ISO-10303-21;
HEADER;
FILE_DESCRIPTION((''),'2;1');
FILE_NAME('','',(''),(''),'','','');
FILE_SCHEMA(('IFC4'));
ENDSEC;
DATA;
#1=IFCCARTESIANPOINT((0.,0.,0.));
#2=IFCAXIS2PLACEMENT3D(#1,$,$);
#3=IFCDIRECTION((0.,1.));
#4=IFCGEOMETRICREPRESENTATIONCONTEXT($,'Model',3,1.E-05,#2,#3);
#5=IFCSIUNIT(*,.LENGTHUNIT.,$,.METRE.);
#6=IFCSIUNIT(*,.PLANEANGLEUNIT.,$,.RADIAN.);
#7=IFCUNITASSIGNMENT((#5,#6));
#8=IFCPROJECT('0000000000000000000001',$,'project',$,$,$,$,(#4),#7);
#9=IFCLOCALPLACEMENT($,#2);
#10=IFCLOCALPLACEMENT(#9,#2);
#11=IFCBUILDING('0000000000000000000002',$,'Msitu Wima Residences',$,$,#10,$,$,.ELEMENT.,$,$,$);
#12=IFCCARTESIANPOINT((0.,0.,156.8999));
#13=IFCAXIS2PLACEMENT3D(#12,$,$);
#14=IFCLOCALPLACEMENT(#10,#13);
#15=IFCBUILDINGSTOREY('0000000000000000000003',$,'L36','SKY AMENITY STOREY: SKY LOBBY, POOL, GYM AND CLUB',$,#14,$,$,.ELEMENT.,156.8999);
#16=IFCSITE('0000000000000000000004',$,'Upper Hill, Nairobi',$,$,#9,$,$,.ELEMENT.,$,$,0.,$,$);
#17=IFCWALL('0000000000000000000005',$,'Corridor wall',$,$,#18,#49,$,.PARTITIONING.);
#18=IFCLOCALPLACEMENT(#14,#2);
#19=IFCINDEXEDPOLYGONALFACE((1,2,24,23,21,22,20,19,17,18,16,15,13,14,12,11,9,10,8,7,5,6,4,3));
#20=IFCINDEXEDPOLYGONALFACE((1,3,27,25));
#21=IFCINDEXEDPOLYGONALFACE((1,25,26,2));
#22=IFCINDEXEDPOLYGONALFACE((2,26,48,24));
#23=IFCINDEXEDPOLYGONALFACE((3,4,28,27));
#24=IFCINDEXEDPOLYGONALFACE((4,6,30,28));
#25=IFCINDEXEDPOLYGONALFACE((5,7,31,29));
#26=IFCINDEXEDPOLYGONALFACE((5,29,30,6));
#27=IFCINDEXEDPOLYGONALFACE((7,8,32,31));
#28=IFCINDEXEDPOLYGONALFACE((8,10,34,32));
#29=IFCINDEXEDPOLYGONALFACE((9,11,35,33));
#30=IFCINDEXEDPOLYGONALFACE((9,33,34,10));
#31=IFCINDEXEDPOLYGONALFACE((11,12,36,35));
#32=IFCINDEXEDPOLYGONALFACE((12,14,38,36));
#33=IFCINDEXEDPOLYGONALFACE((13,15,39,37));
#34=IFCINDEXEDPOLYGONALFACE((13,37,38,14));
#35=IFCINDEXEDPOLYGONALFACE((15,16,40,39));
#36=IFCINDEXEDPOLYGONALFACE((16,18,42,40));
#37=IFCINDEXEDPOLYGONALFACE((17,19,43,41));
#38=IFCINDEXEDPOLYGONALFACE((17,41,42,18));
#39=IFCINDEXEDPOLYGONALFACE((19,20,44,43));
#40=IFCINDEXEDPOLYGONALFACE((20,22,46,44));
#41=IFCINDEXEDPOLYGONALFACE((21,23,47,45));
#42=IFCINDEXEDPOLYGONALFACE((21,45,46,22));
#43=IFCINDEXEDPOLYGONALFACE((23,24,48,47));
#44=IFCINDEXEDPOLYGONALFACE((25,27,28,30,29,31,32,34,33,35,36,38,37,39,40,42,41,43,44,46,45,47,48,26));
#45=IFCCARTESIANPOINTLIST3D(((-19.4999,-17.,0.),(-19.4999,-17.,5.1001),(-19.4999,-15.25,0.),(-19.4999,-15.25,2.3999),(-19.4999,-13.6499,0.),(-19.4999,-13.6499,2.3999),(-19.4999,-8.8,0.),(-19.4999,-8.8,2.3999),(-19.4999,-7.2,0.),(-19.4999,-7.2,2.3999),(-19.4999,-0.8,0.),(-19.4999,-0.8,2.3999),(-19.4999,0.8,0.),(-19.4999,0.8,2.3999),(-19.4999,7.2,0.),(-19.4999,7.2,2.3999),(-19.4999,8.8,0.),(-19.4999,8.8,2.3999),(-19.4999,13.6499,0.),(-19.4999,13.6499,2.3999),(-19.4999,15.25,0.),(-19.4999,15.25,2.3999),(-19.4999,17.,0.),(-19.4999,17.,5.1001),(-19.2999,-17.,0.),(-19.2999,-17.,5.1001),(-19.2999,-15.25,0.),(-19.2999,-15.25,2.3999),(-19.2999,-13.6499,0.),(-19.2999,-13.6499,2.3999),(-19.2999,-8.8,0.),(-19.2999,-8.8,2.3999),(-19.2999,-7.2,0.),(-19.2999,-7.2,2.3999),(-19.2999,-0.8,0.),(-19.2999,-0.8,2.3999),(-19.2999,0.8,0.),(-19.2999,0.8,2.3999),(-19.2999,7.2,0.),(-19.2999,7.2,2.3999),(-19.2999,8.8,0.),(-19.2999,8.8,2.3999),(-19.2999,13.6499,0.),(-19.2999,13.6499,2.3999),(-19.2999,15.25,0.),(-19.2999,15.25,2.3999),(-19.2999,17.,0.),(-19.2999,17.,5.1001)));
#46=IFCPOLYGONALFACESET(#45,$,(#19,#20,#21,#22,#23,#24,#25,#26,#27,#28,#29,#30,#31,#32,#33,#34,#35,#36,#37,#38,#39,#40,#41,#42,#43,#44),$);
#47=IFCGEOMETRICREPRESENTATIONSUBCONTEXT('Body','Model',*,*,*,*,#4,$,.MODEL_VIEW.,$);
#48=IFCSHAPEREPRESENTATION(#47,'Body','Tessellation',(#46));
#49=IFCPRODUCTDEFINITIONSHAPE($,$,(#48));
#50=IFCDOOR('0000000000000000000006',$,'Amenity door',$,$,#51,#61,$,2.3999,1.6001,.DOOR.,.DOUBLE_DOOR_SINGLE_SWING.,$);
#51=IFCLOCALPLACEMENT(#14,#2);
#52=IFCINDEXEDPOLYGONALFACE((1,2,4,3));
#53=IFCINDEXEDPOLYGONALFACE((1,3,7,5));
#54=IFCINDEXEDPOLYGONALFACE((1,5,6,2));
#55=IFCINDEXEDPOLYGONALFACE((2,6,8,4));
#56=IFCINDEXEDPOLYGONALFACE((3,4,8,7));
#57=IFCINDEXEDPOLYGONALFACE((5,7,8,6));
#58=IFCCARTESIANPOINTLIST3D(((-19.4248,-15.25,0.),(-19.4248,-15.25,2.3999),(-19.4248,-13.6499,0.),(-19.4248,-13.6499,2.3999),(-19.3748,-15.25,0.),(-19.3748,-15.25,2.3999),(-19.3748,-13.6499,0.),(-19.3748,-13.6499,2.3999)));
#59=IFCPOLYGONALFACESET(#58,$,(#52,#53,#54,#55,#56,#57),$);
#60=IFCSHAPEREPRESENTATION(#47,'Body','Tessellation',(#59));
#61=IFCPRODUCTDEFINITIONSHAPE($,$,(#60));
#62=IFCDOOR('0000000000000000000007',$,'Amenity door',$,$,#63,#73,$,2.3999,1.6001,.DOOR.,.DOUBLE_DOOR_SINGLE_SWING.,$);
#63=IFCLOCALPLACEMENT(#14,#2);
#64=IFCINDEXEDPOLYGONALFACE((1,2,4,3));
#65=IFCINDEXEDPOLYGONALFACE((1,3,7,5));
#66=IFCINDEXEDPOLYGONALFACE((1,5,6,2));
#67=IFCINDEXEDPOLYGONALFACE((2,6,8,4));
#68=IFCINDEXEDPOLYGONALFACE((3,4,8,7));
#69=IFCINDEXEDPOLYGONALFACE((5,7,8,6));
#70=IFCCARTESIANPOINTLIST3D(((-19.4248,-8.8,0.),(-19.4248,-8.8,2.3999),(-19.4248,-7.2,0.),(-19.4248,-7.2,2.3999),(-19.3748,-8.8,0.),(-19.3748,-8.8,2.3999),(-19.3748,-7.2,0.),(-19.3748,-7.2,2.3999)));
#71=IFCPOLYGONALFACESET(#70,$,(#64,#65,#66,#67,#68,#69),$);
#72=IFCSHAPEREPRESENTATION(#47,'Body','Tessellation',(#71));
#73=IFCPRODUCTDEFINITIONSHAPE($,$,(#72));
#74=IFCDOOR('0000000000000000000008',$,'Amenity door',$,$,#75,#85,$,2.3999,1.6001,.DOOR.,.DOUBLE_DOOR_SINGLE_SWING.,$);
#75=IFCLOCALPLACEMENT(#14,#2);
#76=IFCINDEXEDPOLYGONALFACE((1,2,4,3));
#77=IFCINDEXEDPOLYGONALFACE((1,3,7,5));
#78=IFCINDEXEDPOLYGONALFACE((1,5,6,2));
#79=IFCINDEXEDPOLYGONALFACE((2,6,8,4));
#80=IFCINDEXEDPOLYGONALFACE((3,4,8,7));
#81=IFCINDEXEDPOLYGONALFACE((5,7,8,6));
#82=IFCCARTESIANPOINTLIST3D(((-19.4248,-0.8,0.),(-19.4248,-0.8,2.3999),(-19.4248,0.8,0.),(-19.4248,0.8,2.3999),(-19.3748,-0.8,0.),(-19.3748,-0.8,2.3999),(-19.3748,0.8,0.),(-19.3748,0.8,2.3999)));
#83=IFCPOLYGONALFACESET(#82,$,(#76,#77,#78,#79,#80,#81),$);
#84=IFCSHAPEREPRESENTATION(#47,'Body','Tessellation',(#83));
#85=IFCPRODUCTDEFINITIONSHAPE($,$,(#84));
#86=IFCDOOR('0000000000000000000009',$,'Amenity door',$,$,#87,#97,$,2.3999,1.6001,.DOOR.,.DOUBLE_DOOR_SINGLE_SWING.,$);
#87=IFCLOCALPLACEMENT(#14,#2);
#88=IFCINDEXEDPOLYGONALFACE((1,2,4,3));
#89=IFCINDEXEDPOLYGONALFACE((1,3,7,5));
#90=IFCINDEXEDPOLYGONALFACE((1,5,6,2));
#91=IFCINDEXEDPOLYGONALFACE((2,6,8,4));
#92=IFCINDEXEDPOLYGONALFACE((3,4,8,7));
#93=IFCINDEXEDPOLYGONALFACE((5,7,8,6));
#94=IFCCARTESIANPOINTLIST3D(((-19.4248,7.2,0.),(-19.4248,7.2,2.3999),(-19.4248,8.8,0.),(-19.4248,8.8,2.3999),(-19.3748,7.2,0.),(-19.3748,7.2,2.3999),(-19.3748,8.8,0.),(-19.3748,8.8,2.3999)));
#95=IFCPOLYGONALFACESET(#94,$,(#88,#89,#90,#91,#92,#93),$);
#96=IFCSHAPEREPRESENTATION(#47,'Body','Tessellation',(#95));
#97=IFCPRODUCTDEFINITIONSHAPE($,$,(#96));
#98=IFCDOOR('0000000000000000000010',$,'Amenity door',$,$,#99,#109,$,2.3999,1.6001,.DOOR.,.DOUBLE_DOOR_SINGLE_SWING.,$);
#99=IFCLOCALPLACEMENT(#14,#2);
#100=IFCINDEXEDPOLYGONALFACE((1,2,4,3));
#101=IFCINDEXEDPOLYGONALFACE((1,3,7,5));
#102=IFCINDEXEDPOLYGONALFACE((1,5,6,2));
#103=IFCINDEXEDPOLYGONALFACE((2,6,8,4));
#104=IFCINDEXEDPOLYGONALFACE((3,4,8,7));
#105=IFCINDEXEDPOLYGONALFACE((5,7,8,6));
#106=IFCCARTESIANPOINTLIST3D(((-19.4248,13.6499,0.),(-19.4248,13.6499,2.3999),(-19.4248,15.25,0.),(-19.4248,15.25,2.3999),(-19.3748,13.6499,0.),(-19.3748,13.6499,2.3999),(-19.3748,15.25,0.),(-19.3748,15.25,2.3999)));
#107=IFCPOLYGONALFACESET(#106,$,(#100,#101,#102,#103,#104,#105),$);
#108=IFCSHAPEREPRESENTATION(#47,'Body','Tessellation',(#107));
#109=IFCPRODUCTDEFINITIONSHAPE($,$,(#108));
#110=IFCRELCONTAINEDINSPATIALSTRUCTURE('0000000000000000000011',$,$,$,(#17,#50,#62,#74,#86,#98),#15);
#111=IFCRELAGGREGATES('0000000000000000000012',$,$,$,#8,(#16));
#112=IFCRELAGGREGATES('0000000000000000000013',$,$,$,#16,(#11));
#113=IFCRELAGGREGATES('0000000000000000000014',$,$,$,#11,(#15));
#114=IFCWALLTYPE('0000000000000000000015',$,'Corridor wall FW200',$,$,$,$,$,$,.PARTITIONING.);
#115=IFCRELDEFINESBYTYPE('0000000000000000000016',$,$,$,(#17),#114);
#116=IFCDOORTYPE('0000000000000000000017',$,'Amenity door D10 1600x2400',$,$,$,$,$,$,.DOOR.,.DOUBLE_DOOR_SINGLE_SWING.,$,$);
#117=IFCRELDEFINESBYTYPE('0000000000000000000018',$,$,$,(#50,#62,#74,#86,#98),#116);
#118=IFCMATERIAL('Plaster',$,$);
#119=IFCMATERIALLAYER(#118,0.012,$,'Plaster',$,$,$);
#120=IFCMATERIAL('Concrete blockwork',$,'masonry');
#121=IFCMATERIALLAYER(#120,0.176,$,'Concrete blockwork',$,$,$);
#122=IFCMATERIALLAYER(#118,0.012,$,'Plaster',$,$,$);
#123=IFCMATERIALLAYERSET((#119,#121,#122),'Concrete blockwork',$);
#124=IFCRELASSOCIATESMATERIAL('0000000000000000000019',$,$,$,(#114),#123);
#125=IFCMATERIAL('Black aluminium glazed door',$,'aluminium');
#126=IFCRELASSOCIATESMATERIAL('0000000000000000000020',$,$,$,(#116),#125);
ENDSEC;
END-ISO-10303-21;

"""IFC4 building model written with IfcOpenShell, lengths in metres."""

from ifc_helpers import new_model, si_unit, direction, frame, frame_2d, origin, place, context, subcontext, project, spatial, rectangle, extrude, material, layer, layer_set, type_object, element, fill, save


model = new_model("IFC4")

# Units and contexts
model_context = context("Model", 3, precision=1e-05, world=origin(), true_north=direction((0.0, 1.0)))
body_context = subcontext(model_context, "Body", "Model", "MODEL_VIEW")
ifc_project = project(units=[si_unit("LENGTHUNIT", "METRE"), si_unit("PLANEANGLEUNIT", "RADIAN")], contexts=[model_context])

# Site, building, storey
site_placement = place(None, origin())
site = spatial("IfcSite", under=ifc_project, at=site_placement, Name="Upper Hill, Nairobi", CompositionType="ELEMENT", RefElevation=0.0)
building_placement = place(site_placement, origin())
building = spatial("IfcBuilding", under=site, at=building_placement, Name="Msitu Wima Residences", CompositionType="ELEMENT")
storey_placement = place(building_placement, frame((0.0, 0.0, 156.8999)))
storey = spatial("IfcBuildingStorey", under=building, at=storey_placement, Name="L36", Description="SKY AMENITY STOREY: SKY LOBBY, POOL, GYM AND CLUB", CompositionType="ELEMENT", Elevation=156.8999)

# Wall, openings, doors
ifc_material_1 = material(Name="Plaster")
ifc_layer_1 = layer(ifc_material_1, 0.012, Name="Plaster")
ifc_material_2 = material(Name="Concrete blockwork", Category="masonry")
ifc_layer_2 = layer(ifc_material_2, 0.176, Name="Concrete blockwork")
ifc_layer_3 = layer(ifc_material_1, 0.012, Name="Plaster")
ifc_layer_set_1 = layer_set([ifc_layer_1, ifc_layer_2, ifc_layer_3], Name="Concrete blockwork")
wall_type_1 = type_object("IfcWallType", Name="Corridor wall FW200", PredefinedType="PARTITIONING", material=ifc_layer_set_1)
wall_1_placement = place(storey_placement, frame((-19.3999, -17.0, 0.0), z_axis=(0.0, 0.0, 1.0), x_axis=(0.0, 1.0, 0.0)))
wall_1 = element("IfcWall", 1, at=wall_1_placement, inside=storey, type_object=wall_type_1, Name="Corridor wall", PredefinedType="PARTITIONING", context=body_context, shape_type="SweptSolid", body=[
    extrude(rectangle(XDim=34.0, YDim=0.2, at=frame_2d((17.0, 0.0))), origin(), (0.0, 0.0, 1.0), 5.1001),
])
opening_1_placement = place(wall_1_placement, frame((1.75, 0.0, 0.0)))
opening_1 = element("IfcOpeningElement", 2, at=opening_1_placement, cuts=wall_1, PredefinedType="OPENING", context=body_context, shape_type="SweptSolid", body=[
    extrude(rectangle(XDim=1.6001, YDim=2.3999, at=frame_2d((0.8, 1.2))), frame((0.0, 0.1099, 0.0), z_axis=(0.0, -1.0, 0.0), x_axis=(1.0, 0.0, 0.0)), (0.0, 0.0, 1.0), 0.22),
])
opening_2_placement = place(wall_1_placement, frame((8.2, 0.0, 0.0)))
opening_2 = element("IfcOpeningElement", 3, at=opening_2_placement, cuts=wall_1, PredefinedType="OPENING", context=body_context, shape_type="SweptSolid", body=[
    extrude(rectangle(XDim=1.6001, YDim=2.3999, at=frame_2d((0.8, 1.2))), frame((0.0, 0.1099, 0.0), z_axis=(0.0, -1.0, 0.0), x_axis=(1.0, 0.0, 0.0)), (0.0, 0.0, 1.0), 0.22),
])
opening_3_placement = place(wall_1_placement, frame((16.2, 0.0, 0.0)))
opening_3 = element("IfcOpeningElement", 4, at=opening_3_placement, cuts=wall_1, PredefinedType="OPENING", context=body_context, shape_type="SweptSolid", body=[
    extrude(rectangle(XDim=1.6001, YDim=2.3999, at=frame_2d((0.8, 1.2))), frame((0.0, 0.1099, 0.0), z_axis=(0.0, -1.0, 0.0), x_axis=(1.0, 0.0, 0.0)), (0.0, 0.0, 1.0), 0.22),
])
opening_4_placement = place(wall_1_placement, frame((24.2, 0.0, 0.0)))
opening_4 = element("IfcOpeningElement", 5, at=opening_4_placement, cuts=wall_1, PredefinedType="OPENING", context=body_context, shape_type="SweptSolid", body=[
    extrude(rectangle(XDim=1.6001, YDim=2.3999, at=frame_2d((0.8, 1.2))), frame((0.0, 0.1099, 0.0), z_axis=(0.0, -1.0, 0.0), x_axis=(1.0, 0.0, 0.0)), (0.0, 0.0, 1.0), 0.22),
])
opening_5_placement = place(wall_1_placement, frame((30.6499, 0.0, 0.0)))
opening_5 = element("IfcOpeningElement", 6, at=opening_5_placement, cuts=wall_1, PredefinedType="OPENING", context=body_context, shape_type="SweptSolid", body=[
    extrude(rectangle(XDim=1.6001, YDim=2.3999, at=frame_2d((0.8, 1.2))), frame((0.0, 0.1099, 0.0), z_axis=(0.0, -1.0, 0.0), x_axis=(1.0, 0.0, 0.0)), (0.0, 0.0, 1.0), 0.22),
])
ifc_material_3 = material(Name="Black aluminium glazed door", Category="aluminium")
door_type_1 = type_object("IfcDoorType", Name="Amenity door D10 1600x2400", OperationType="DOUBLE_DOOR_SINGLE_SWING", PredefinedType="DOOR", material=ifc_material_3)
door_1_placement = place(opening_1_placement, origin())
door_1 = element("IfcDoor", 7, at=door_1_placement, inside=storey, type_object=door_type_1, Name="Amenity door", OperationType="DOUBLE_DOOR_SINGLE_SWING", OverallHeight=2.3999, OverallWidth=1.6001, PredefinedType="DOOR", context=body_context, shape_type="SweptSolid", body=[
    extrude(rectangle(XDim=1.6001, YDim=2.3999, at=frame_2d((0.8, 1.2))), frame((0.0, 0.0249, 0.0), z_axis=(0.0, -1.0, 0.0), x_axis=(1.0, 0.0, 0.0)), (0.0, 0.0, 1.0), 0.05),
])
fill(opening_1, door_1)
door_2_placement = place(opening_2_placement, origin())
door_2 = element("IfcDoor", 8, at=door_2_placement, inside=storey, type_object=door_type_1, Name="Amenity door", OperationType="DOUBLE_DOOR_SINGLE_SWING", OverallHeight=2.3999, OverallWidth=1.6001, PredefinedType="DOOR", context=body_context, shape_type="SweptSolid", body=[
    extrude(rectangle(XDim=1.6001, YDim=2.3999, at=frame_2d((0.8, 1.2))), frame((0.0, 0.0249, 0.0), z_axis=(0.0, -1.0, 0.0), x_axis=(1.0, 0.0, 0.0)), (0.0, 0.0, 1.0), 0.05),
])
fill(opening_2, door_2)
door_3_placement = place(opening_3_placement, origin())
door_3 = element("IfcDoor", 9, at=door_3_placement, inside=storey, type_object=door_type_1, Name="Amenity door", OperationType="DOUBLE_DOOR_SINGLE_SWING", OverallHeight=2.3999, OverallWidth=1.6001, PredefinedType="DOOR", context=body_context, shape_type="SweptSolid", body=[
    extrude(rectangle(XDim=1.6001, YDim=2.3999, at=frame_2d((0.8, 1.2))), frame((0.0, 0.0249, 0.0), z_axis=(0.0, -1.0, 0.0), x_axis=(1.0, 0.0, 0.0)), (0.0, 0.0, 1.0), 0.05),
])
fill(opening_3, door_3)
door_4_placement = place(opening_4_placement, origin())
door_4 = element("IfcDoor", 10, at=door_4_placement, inside=storey, type_object=door_type_1, Name="Amenity door", OperationType="DOUBLE_DOOR_SINGLE_SWING", OverallHeight=2.3999, OverallWidth=1.6001, PredefinedType="DOOR", context=body_context, shape_type="SweptSolid", body=[
    extrude(rectangle(XDim=1.6001, YDim=2.3999, at=frame_2d((0.8, 1.2))), frame((0.0, 0.0249, 0.0), z_axis=(0.0, -1.0, 0.0), x_axis=(1.0, 0.0, 0.0)), (0.0, 0.0, 1.0), 0.05),
])
fill(opening_4, door_4)
door_5_placement = place(opening_5_placement, origin())
door_5 = element("IfcDoor", 11, at=door_5_placement, inside=storey, type_object=door_type_1, Name="Amenity door", OperationType="DOUBLE_DOOR_SINGLE_SWING", OverallHeight=2.3999, OverallWidth=1.6001, PredefinedType="DOOR", context=body_context, shape_type="SweptSolid", body=[
    extrude(rectangle(XDim=1.6001, YDim=2.3999, at=frame_2d((0.8, 1.2))), frame((0.0, 0.0249, 0.0), z_axis=(0.0, -1.0, 0.0), x_axis=(1.0, 0.0, 0.0)), (0.0, 0.0, 1.0), 0.05),
])
fill(opening_5, door_5)

save(model, "model.ifc")
